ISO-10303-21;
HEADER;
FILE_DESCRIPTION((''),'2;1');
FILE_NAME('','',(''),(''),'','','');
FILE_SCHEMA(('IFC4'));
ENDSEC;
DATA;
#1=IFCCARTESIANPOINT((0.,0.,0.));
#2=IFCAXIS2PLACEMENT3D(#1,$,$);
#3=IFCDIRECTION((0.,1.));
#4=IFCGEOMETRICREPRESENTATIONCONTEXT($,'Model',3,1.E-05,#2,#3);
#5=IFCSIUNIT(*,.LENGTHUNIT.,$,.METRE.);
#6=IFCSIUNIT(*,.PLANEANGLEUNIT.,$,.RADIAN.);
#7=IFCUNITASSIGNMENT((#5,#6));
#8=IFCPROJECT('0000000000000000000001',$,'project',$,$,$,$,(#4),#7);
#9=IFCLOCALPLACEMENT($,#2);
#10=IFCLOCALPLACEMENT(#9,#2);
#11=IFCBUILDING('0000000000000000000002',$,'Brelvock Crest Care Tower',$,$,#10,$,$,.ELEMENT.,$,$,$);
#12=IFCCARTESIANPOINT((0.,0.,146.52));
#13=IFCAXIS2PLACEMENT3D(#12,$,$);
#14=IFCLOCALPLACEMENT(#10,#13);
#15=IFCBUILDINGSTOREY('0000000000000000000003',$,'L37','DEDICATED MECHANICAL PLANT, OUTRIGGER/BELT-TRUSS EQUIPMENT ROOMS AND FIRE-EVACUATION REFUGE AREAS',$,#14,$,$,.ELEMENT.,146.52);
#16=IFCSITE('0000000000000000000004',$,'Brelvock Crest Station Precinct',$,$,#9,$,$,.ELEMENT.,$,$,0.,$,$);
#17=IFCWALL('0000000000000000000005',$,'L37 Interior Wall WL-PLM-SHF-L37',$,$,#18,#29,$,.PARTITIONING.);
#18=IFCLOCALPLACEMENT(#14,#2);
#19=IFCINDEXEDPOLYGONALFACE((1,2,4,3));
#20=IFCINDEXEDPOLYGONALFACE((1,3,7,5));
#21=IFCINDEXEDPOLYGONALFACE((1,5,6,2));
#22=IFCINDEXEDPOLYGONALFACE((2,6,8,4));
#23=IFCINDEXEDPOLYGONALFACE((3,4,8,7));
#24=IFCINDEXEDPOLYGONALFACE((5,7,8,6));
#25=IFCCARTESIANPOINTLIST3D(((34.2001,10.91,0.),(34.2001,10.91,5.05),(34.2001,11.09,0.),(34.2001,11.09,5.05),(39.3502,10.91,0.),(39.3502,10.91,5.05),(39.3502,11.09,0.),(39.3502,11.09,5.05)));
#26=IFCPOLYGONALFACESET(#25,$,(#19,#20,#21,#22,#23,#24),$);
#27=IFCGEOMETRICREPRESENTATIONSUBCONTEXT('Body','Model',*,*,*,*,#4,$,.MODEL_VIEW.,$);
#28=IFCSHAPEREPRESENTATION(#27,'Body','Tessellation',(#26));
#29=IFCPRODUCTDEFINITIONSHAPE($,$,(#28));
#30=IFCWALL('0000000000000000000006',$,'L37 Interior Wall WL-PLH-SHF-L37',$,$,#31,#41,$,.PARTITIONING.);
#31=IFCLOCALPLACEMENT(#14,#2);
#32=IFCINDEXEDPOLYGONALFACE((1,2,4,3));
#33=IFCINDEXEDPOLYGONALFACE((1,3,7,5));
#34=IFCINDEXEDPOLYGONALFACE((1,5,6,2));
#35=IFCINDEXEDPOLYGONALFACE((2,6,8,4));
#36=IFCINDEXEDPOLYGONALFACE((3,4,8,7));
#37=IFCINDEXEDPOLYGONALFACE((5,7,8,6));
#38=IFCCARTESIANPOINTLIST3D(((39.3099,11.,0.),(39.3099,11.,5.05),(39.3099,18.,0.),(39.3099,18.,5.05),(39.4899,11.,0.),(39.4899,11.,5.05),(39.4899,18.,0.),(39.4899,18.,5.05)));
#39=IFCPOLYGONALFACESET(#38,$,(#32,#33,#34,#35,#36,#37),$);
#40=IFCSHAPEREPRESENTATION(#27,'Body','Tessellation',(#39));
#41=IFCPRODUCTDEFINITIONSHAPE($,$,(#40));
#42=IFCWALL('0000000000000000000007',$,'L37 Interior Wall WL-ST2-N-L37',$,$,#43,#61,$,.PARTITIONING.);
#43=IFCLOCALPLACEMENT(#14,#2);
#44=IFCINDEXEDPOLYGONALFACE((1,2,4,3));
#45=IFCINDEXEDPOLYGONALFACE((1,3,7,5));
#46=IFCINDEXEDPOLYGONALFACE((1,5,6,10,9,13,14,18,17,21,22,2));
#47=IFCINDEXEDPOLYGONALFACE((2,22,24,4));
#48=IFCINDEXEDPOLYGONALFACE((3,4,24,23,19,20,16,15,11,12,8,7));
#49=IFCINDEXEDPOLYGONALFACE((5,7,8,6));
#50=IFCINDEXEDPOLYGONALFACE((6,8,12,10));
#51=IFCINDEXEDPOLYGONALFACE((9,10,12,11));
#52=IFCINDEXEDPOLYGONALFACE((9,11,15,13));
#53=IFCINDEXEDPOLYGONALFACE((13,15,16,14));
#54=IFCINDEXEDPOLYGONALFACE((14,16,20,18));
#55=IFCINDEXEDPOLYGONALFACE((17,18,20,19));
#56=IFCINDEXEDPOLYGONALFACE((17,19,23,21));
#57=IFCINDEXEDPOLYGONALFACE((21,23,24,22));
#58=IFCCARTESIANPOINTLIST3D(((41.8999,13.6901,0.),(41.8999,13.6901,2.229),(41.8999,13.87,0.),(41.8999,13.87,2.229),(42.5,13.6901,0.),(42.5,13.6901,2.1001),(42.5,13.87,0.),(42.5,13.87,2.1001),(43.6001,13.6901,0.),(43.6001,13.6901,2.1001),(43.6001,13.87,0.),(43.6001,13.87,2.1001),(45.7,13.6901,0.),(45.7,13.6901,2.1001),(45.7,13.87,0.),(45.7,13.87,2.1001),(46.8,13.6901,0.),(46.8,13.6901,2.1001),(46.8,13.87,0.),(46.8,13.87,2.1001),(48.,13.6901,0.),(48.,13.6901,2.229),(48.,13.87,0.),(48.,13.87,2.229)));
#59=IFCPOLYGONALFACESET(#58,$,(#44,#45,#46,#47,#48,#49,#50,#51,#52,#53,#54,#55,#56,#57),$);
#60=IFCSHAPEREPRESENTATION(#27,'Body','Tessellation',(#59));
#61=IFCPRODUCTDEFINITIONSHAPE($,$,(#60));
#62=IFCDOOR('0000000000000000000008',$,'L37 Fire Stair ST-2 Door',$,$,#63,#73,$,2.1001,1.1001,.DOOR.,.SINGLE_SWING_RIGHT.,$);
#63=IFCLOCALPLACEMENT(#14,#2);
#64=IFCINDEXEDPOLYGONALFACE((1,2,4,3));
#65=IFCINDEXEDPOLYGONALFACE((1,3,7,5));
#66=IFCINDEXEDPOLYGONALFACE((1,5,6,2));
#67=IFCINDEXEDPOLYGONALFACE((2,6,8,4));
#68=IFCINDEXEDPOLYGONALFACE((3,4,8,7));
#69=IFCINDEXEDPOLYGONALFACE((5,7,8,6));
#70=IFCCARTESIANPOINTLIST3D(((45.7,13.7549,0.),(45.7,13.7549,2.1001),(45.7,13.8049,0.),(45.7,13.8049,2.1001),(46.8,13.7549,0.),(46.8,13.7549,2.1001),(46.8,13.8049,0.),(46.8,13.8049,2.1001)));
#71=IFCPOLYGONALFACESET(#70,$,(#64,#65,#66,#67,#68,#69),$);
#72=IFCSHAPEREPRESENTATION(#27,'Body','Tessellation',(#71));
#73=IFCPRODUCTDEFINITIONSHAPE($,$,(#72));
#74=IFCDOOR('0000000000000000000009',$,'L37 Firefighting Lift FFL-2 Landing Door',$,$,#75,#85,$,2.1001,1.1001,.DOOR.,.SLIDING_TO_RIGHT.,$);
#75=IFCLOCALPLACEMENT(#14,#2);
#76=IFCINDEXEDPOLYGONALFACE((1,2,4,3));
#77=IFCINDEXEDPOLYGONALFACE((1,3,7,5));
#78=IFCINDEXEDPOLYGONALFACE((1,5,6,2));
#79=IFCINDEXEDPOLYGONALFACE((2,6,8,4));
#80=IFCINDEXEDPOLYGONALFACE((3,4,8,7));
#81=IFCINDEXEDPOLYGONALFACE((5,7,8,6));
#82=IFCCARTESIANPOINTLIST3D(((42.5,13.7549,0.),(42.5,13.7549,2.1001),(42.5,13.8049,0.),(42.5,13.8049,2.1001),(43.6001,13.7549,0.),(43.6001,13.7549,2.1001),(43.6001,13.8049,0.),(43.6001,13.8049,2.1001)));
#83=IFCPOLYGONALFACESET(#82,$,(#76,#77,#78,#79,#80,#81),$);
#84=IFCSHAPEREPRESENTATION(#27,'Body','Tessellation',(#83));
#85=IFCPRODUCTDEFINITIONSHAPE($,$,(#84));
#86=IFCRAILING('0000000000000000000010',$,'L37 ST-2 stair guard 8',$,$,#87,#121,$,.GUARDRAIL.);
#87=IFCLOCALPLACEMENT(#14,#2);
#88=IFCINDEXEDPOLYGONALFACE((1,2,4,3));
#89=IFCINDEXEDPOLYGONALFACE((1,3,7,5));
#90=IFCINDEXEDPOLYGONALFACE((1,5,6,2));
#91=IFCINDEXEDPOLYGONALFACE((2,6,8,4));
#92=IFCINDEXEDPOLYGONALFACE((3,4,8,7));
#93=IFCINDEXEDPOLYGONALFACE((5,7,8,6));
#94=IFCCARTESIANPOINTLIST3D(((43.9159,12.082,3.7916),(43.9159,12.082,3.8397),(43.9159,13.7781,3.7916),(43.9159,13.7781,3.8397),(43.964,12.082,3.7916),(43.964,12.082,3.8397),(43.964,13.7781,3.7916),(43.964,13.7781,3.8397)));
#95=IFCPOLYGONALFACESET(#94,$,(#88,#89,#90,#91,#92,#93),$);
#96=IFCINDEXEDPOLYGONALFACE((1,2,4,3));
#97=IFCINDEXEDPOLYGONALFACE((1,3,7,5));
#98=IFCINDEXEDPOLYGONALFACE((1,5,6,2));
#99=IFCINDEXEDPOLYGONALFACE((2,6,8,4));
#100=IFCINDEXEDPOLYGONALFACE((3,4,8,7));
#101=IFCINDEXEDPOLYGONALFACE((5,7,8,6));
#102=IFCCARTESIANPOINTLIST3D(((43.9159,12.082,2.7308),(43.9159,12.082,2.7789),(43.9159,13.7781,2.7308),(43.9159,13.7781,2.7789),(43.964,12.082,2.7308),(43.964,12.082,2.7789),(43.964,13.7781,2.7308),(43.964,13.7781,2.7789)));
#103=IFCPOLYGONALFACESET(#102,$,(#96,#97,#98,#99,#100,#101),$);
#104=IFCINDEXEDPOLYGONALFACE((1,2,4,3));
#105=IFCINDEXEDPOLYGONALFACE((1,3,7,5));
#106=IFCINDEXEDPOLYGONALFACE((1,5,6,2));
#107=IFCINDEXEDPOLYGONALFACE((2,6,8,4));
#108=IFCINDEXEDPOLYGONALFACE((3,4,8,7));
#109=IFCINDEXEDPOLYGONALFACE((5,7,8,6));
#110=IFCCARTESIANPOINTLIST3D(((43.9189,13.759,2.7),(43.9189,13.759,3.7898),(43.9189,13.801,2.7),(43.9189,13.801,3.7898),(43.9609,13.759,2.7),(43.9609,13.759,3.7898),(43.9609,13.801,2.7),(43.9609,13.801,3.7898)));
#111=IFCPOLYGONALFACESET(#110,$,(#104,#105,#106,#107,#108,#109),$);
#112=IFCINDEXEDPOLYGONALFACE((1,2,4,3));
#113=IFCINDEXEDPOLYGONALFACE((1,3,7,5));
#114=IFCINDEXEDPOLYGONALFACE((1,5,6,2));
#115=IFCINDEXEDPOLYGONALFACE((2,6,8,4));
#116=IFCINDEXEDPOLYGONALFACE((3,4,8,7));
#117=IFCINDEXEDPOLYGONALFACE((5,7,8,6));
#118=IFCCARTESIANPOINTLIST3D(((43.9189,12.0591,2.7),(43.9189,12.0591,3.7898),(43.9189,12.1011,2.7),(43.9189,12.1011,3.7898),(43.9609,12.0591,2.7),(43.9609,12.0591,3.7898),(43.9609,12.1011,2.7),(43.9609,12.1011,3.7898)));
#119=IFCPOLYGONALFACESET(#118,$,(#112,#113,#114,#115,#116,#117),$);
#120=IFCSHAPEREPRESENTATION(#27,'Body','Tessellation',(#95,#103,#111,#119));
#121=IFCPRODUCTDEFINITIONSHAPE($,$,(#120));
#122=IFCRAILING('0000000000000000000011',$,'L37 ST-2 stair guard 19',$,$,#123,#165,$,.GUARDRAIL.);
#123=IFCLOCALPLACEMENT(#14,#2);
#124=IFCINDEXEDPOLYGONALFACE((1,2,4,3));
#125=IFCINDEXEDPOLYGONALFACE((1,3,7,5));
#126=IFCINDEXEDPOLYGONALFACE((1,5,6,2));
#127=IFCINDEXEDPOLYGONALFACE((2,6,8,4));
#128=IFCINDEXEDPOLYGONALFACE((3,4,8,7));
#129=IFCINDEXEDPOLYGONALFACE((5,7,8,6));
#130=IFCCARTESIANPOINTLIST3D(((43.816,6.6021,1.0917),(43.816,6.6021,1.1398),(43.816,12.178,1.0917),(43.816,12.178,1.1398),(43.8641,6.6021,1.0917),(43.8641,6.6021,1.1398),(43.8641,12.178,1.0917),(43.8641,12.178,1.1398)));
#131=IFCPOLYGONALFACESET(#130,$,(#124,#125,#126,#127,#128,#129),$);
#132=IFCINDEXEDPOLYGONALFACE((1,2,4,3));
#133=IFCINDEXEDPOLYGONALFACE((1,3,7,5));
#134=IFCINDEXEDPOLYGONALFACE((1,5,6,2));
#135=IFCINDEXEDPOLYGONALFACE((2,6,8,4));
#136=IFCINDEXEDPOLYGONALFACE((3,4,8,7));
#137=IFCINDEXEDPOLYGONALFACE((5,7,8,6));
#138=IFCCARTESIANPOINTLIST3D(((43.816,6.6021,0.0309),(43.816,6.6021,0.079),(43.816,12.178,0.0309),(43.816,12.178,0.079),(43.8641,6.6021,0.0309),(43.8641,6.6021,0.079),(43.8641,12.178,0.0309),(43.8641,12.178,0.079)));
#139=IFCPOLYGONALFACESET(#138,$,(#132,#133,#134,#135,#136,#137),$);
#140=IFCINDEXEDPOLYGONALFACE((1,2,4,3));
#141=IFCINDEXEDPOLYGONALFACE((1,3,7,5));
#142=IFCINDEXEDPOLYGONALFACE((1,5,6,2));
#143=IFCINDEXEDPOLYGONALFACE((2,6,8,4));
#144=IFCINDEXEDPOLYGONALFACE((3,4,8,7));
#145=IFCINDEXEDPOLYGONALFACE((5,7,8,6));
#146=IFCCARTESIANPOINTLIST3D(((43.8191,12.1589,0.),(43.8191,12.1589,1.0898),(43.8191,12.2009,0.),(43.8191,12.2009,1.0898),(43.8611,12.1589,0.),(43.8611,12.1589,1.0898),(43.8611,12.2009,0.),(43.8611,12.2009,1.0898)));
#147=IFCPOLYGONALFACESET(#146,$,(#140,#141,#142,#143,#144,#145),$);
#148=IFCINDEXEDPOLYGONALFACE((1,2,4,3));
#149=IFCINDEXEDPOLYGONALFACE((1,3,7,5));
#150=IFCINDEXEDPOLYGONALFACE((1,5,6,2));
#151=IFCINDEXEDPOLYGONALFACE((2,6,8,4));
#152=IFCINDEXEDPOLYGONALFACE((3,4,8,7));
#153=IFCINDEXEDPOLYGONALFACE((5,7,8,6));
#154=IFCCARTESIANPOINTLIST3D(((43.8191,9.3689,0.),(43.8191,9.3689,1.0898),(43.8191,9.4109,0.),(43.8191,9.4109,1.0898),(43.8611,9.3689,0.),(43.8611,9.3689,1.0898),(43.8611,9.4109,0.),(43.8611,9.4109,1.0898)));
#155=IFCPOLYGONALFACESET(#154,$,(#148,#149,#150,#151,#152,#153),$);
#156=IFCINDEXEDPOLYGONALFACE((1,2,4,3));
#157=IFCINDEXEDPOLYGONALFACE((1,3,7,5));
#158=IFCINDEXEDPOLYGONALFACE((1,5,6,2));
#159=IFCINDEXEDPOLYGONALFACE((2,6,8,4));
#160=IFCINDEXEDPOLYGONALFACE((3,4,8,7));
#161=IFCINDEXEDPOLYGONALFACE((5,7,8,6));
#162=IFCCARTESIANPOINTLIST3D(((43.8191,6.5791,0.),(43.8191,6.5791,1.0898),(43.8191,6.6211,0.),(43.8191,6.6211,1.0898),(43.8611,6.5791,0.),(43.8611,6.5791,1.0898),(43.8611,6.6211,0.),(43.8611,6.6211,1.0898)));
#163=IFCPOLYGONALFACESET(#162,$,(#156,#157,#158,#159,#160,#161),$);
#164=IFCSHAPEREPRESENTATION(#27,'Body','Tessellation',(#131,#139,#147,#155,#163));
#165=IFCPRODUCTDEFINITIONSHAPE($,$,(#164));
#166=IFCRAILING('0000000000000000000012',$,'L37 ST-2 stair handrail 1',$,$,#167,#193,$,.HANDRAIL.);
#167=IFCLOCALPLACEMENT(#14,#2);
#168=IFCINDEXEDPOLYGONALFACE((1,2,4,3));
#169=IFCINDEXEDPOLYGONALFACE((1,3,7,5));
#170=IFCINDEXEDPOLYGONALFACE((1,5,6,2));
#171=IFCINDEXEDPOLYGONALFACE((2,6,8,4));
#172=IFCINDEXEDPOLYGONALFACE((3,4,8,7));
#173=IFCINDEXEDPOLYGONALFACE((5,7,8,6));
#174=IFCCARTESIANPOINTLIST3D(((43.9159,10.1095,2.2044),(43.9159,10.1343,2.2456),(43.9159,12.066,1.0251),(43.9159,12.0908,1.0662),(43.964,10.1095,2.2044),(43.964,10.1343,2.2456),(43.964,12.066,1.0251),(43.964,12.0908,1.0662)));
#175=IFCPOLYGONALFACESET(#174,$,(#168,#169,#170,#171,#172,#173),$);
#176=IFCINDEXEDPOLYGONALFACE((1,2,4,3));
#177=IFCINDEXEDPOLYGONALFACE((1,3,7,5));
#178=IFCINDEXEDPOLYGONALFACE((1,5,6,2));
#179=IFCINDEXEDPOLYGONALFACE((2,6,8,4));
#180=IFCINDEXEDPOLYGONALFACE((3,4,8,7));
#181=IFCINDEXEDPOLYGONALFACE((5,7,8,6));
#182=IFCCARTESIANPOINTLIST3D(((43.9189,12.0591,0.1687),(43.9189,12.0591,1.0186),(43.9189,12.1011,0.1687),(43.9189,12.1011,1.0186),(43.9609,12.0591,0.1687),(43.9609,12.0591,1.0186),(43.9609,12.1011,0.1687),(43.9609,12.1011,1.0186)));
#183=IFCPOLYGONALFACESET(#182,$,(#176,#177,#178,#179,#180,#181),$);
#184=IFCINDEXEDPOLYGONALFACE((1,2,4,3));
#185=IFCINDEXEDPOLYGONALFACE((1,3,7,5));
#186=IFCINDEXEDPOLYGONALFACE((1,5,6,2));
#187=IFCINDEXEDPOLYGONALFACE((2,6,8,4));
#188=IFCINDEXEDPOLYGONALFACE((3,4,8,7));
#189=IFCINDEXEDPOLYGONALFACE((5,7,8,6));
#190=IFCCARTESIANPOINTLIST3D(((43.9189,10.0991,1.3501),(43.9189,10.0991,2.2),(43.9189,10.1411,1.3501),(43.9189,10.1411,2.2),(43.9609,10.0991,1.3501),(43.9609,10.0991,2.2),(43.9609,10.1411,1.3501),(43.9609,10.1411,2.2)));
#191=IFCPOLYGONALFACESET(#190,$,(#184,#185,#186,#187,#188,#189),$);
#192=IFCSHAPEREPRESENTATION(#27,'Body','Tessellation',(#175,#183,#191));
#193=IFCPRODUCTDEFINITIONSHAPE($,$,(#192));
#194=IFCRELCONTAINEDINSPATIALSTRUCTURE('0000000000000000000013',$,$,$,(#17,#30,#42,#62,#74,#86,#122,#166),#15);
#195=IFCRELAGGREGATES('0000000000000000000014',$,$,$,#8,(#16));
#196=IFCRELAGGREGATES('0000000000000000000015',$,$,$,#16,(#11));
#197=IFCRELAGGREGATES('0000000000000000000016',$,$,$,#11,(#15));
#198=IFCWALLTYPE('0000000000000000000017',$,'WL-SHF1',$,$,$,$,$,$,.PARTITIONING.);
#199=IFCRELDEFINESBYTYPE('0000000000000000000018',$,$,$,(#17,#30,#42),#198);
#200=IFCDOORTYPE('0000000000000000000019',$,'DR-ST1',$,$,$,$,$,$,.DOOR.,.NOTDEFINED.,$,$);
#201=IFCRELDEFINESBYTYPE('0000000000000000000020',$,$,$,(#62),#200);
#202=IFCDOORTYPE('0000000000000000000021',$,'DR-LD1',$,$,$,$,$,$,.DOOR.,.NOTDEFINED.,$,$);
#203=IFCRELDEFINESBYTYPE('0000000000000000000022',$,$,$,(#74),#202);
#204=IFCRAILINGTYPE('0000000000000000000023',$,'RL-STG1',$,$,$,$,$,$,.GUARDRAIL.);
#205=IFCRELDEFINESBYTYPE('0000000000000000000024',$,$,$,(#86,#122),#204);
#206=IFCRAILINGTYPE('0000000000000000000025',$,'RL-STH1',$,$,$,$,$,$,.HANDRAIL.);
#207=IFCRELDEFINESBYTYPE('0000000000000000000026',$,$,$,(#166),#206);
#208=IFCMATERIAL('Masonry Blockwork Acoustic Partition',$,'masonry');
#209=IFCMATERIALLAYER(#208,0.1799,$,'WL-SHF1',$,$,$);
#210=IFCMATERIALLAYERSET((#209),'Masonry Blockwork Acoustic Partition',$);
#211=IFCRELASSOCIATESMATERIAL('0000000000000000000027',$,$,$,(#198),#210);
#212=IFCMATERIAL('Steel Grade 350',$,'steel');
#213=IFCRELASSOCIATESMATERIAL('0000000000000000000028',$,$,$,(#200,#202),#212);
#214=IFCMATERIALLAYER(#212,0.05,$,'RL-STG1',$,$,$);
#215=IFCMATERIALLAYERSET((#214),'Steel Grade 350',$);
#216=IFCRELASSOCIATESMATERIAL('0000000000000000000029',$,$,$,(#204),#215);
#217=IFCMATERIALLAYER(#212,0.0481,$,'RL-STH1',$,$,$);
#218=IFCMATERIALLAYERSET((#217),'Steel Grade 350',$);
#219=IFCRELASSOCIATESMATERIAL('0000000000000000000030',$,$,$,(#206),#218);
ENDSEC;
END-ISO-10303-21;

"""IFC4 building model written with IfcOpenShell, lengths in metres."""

from ifc_helpers import new_model, si_unit, direction, frame, frame_2d, origin, origin_2d, place, context, subcontext, project, spatial, rectangle, extrude, source, transform, mapped, material, layer, layer_set, type_object, element, fill, save


model = new_model("IFC4")

# Units and contexts
model_context = context("Model", 3, precision=1e-05, world=origin(), true_north=direction((0.0, 1.0)))
body_context = subcontext(model_context, "Body", "Model", "MODEL_VIEW")
ifc_project = project(units=[si_unit("LENGTHUNIT", "METRE"), si_unit("PLANEANGLEUNIT", "RADIAN")], contexts=[model_context])

# Site, building, storey
site_placement = place(None, origin())
site = spatial("IfcSite", under=ifc_project, at=site_placement, Name="Brelvock Crest Station Precinct", CompositionType="ELEMENT", RefElevation=0.0)
building_placement = place(site_placement, origin())
building = spatial("IfcBuilding", under=site, at=building_placement, Name="Brelvock Crest Care Tower", CompositionType="ELEMENT")
storey_placement = place(building_placement, frame((0.0, 0.0, 146.52)))
storey = spatial("IfcBuildingStorey", under=building, at=storey_placement, Name="L37", Description="DEDICATED MECHANICAL PLANT, OUTRIGGER/BELT-TRUSS EQUIPMENT ROOMS AND FIRE-EVACUATION REFUGE AREAS", CompositionType="ELEMENT", Elevation=146.52)

# Shared definitions
ifc_material_1 = material(Name="Steel Grade 350", Category="steel")

# Shared definitions
ifc_material_2 = material(Name="Masonry Blockwork Acoustic Partition", Category="masonry")

# Walls
ifc_layer_1 = layer(ifc_material_2, 0.1799, Name="WL-SHF1")
ifc_layer_set_1 = layer_set([ifc_layer_1], Name="Masonry Blockwork Acoustic Partition")
wall_type_1 = type_object("IfcWallType", Name="WL-SHF1", PredefinedType="PARTITIONING", material=ifc_layer_set_1)
wall_1_placement = place(storey_placement, frame((34.2, 11.0, 0.0), z_axis=(0.0, 0.0, 1.0), x_axis=(1.0, 0.0, 0.0)))
element("IfcWall", 1, at=wall_1_placement, inside=storey, type_object=wall_type_1, Name="L37 Interior Wall WL-PLM-SHF-L37", PredefinedType="PARTITIONING", context=body_context, shape_type="SweptSolid", body=[
    extrude(rectangle(XDim=5.1501, YDim=0.1799, at=frame_2d((2.5752, 0.0))), origin(), (0.0, 0.0, 1.0), 5.05),
])
wall_2_placement = place(storey_placement, frame((39.3999, 11.0, 0.0), z_axis=(0.0, 0.0, 1.0), x_axis=(0.0, 1.0, 0.0)))
element("IfcWall", 2, at=wall_2_placement, inside=storey, type_object=wall_type_1, Name="L37 Interior Wall WL-PLH-SHF-L37", PredefinedType="PARTITIONING", context=body_context, shape_type="SweptSolid", body=[
    extrude(rectangle(XDim=7.0, YDim=0.1799, at=frame_2d((3.5, 0.0))), origin(), (0.0, 0.0, 1.0), 5.05),
])

# Wall, openings, doors
wall_3_placement = place(storey_placement, frame((41.8999, 13.78, 0.0), z_axis=(0.0, 0.0, 1.0), x_axis=(1.0, 0.0, 0.0)))
wall_3 = element("IfcWall", 3, at=wall_3_placement, inside=storey, type_object=wall_type_1, Name="L37 Interior Wall WL-ST2-N-L37", PredefinedType="PARTITIONING", context=body_context, shape_type="SweptSolid", body=[
    extrude(rectangle(XDim=6.1001, YDim=0.1799, at=frame_2d((3.05, 0.0))), origin(), (0.0, 0.0, 1.0), 2.229),
])
opening_1_placement = place(wall_3_placement, frame((0.6001, 0.0, 0.0)))
opening_1 = element("IfcOpeningElement", 4, at=opening_1_placement, cuts=wall_3, PredefinedType="OPENING", context=body_context, shape_type="SweptSolid", body=[
    extrude(rectangle(XDim=1.1001, YDim=2.1001, at=origin_2d()), frame((0.55, 0.1001, 1.05), z_axis=(0.0, -1.0, 0.0), x_axis=(1.0, 0.0, 0.0)), (0.0, 0.0, 1.0), 0.2),
])
opening_2_placement = place(wall_3_placement, frame((3.8, 0.0, 0.0)))
opening_2 = element("IfcOpeningElement", 5, at=opening_2_placement, cuts=wall_3, PredefinedType="OPENING", context=body_context, shape_type="SweptSolid", body=[
    extrude(rectangle(XDim=1.1001, YDim=2.1001, at=origin_2d()), frame((0.55, 0.1001, 1.05), z_axis=(0.0, -1.0, 0.0), x_axis=(1.0, 0.0, 0.0)), (0.0, 0.0, 1.0), 0.2),
])
door_type_1 = type_object("IfcDoorType", Name="DR-ST1", OperationType="NOTDEFINED", PredefinedType="DOOR", material=ifc_material_1)
shared_shape_1 = source(origin(), body_context, "Body", "SweptSolid", [
    extrude(rectangle(XDim=1.1001, YDim=2.1001, at=origin_2d()), frame((0.55, 0.0249, 1.05), z_axis=(0.0, -1.0, 0.0), x_axis=(1.0, 0.0, 0.0)), (0.0, 0.0, 1.0), 0.05),
])
door_1_placement = place(opening_2_placement, origin())
door_1 = element("IfcDoor", 6, at=door_1_placement, inside=storey, type_object=door_type_1, Name="L37 Fire Stair ST-2 Door", OperationType="SINGLE_SWING_RIGHT", OverallHeight=2.1001, OverallWidth=1.1001, PredefinedType="DOOR", context=body_context, shape_type="MappedRepresentation", body=[
    mapped(shared_shape_1, transform((0.0, 0.0, 0.0), x_axis=(1.0, 0.0, 0.0), y_axis=(0.0, 1.0, 0.0), z_axis=(0.0, 0.0, 1.0), scale=1.0)),
])
fill(opening_2, door_1)
door_type_2 = type_object("IfcDoorType", Name="DR-LD1", OperationType="NOTDEFINED", PredefinedType="DOOR", material=ifc_material_1)
shared_shape_2 = source(origin(), body_context, "Body", "SweptSolid", [
    extrude(rectangle(XDim=1.1001, YDim=2.1001, at=origin_2d()), frame((0.55, 0.0249, 1.05), z_axis=(0.0, -1.0, 0.0), x_axis=(1.0, 0.0, 0.0)), (0.0, 0.0, 1.0), 0.05),
])
door_2_placement = place(opening_1_placement, origin())
door_2 = element("IfcDoor", 7, at=door_2_placement, inside=storey, type_object=door_type_2, Name="L37 Firefighting Lift FFL-2 Landing Door", OperationType="SLIDING_TO_RIGHT", OverallHeight=2.1001, OverallWidth=1.1001, PredefinedType="DOOR", context=body_context, shape_type="MappedRepresentation", body=[
    mapped(shared_shape_2, transform((0.0, 0.0, 0.0), x_axis=(1.0, 0.0, 0.0), y_axis=(0.0, 1.0, 0.0), z_axis=(0.0, 0.0, 1.0), scale=1.0)),
])
fill(opening_1, door_2)

# Railings
ifc_layer_2 = layer(ifc_material_1, 0.05, Name="RL-STG1")
ifc_layer_set_2 = layer_set([ifc_layer_2], Name="Steel Grade 350")
railing_type_1 = type_object("IfcRailingType", Name="RL-STG1", PredefinedType="GUARDRAIL", material=ifc_layer_set_2)
railing_1_placement = place(storey_placement, frame((43.9399, 13.78, 2.7)))
element("IfcRailing", 8, at=railing_1_placement, inside=storey, type_object=railing_type_1, Name="L37 ST-2 stair guard 8", PredefinedType="GUARDRAIL", context=body_context, shape_type="SweptSolid", body=[
    extrude(rectangle(XDim=0.0481, YDim=0.0481, at=origin_2d()), frame((0.0, -0.002, 1.1157), z_axis=(0.0, -1.0, 0.0), x_axis=(1.0, 0.0, 0.0)), (0.0, 0.0, 1.0), 1.696),
    extrude(rectangle(XDim=0.0481, YDim=0.0481, at=origin_2d()), frame((0.0, -0.002, 0.0549), z_axis=(0.0, -1.0, 0.0), x_axis=(1.0, 0.0, 0.0)), (0.0, 0.0, 1.0), 1.696),
    extrude(rectangle(XDim=0.042, YDim=0.042, at=origin_2d()), origin(), (0.0, 0.0, 1.0), 1.0898),
    extrude(rectangle(XDim=0.042, YDim=0.042, at=origin_2d()), frame((0.0, -1.7, 0.0)), (0.0, 0.0, 1.0), 1.0898),
])
railing_2_placement = place(storey_placement, frame((43.8401, 12.1799, 0.0)))
element("IfcRailing", 9, at=railing_2_placement, inside=storey, type_object=railing_type_1, Name="L37 ST-2 stair guard 19", PredefinedType="GUARDRAIL", context=body_context, shape_type="SweptSolid", body=[
    extrude(rectangle(XDim=0.0481, YDim=0.0481, at=origin_2d()), frame((0.0, -0.002, 1.1157), z_axis=(0.0, -1.0, 0.0), x_axis=(1.0, 0.0, 0.0)), (0.0, 0.0, 1.0), 5.5759),
    extrude(rectangle(XDim=0.0481, YDim=0.0481, at=origin_2d()), frame((0.0, -0.002, 0.0549), z_axis=(0.0, -1.0, 0.0), x_axis=(1.0, 0.0, 0.0)), (0.0, 0.0, 1.0), 5.5759),
    extrude(rectangle(XDim=0.042, YDim=0.042, at=origin_2d()), origin(), (0.0, 0.0, 1.0), 1.0898),
    extrude(rectangle(XDim=0.042, YDim=0.042, at=origin_2d()), frame((0.0, -2.79, 0.0)), (0.0, 0.0, 1.0), 1.0898),
    extrude(rectangle(XDim=0.042, YDim=0.042, at=origin_2d()), frame((0.0, -5.5798, 0.0)), (0.0, 0.0, 1.0), 1.0898),
])
ifc_layer_3 = layer(ifc_material_1, 0.0481, Name="RL-STH1")
ifc_layer_set_3 = layer_set([ifc_layer_3], Name="Steel Grade 350")
railing_type_2 = type_object("IfcRailingType", Name="RL-STH1", PredefinedType="HANDRAIL", material=ifc_layer_set_3)
for number, where, name in (
    (10, (43.9399, 12.0801, 0.1687), "L37 ST-2 stair handrail 1"),
):
    element("IfcRailing", number, at=place(storey_placement, frame(where)), inside=storey, type_object=railing_type_2, Name=name, PredefinedType="HANDRAIL", context=body_context, shape_type="SweptSolid", body=[
        extrude(rectangle(XDim=0.0481, YDim=0.0481, at=origin_2d()), frame((0.0, -0.0017, 0.877), z_axis=(0.0, -0.856446, 0.516236), x_axis=(1.0, 0.0, 0.0)), (0.0, 0.0, 1.0), 2.2844),
        extrude(rectangle(XDim=0.042, YDim=0.042, at=origin_2d()), origin(), (0.0, 0.0, 1.0), 0.8499),
        extrude(rectangle(XDim=0.042, YDim=0.042, at=origin_2d()), frame((0.0, -1.96, 1.1814)), (0.0, 0.0, 1.0), 0.8499),
    ])

save(model, "model.ifc")
